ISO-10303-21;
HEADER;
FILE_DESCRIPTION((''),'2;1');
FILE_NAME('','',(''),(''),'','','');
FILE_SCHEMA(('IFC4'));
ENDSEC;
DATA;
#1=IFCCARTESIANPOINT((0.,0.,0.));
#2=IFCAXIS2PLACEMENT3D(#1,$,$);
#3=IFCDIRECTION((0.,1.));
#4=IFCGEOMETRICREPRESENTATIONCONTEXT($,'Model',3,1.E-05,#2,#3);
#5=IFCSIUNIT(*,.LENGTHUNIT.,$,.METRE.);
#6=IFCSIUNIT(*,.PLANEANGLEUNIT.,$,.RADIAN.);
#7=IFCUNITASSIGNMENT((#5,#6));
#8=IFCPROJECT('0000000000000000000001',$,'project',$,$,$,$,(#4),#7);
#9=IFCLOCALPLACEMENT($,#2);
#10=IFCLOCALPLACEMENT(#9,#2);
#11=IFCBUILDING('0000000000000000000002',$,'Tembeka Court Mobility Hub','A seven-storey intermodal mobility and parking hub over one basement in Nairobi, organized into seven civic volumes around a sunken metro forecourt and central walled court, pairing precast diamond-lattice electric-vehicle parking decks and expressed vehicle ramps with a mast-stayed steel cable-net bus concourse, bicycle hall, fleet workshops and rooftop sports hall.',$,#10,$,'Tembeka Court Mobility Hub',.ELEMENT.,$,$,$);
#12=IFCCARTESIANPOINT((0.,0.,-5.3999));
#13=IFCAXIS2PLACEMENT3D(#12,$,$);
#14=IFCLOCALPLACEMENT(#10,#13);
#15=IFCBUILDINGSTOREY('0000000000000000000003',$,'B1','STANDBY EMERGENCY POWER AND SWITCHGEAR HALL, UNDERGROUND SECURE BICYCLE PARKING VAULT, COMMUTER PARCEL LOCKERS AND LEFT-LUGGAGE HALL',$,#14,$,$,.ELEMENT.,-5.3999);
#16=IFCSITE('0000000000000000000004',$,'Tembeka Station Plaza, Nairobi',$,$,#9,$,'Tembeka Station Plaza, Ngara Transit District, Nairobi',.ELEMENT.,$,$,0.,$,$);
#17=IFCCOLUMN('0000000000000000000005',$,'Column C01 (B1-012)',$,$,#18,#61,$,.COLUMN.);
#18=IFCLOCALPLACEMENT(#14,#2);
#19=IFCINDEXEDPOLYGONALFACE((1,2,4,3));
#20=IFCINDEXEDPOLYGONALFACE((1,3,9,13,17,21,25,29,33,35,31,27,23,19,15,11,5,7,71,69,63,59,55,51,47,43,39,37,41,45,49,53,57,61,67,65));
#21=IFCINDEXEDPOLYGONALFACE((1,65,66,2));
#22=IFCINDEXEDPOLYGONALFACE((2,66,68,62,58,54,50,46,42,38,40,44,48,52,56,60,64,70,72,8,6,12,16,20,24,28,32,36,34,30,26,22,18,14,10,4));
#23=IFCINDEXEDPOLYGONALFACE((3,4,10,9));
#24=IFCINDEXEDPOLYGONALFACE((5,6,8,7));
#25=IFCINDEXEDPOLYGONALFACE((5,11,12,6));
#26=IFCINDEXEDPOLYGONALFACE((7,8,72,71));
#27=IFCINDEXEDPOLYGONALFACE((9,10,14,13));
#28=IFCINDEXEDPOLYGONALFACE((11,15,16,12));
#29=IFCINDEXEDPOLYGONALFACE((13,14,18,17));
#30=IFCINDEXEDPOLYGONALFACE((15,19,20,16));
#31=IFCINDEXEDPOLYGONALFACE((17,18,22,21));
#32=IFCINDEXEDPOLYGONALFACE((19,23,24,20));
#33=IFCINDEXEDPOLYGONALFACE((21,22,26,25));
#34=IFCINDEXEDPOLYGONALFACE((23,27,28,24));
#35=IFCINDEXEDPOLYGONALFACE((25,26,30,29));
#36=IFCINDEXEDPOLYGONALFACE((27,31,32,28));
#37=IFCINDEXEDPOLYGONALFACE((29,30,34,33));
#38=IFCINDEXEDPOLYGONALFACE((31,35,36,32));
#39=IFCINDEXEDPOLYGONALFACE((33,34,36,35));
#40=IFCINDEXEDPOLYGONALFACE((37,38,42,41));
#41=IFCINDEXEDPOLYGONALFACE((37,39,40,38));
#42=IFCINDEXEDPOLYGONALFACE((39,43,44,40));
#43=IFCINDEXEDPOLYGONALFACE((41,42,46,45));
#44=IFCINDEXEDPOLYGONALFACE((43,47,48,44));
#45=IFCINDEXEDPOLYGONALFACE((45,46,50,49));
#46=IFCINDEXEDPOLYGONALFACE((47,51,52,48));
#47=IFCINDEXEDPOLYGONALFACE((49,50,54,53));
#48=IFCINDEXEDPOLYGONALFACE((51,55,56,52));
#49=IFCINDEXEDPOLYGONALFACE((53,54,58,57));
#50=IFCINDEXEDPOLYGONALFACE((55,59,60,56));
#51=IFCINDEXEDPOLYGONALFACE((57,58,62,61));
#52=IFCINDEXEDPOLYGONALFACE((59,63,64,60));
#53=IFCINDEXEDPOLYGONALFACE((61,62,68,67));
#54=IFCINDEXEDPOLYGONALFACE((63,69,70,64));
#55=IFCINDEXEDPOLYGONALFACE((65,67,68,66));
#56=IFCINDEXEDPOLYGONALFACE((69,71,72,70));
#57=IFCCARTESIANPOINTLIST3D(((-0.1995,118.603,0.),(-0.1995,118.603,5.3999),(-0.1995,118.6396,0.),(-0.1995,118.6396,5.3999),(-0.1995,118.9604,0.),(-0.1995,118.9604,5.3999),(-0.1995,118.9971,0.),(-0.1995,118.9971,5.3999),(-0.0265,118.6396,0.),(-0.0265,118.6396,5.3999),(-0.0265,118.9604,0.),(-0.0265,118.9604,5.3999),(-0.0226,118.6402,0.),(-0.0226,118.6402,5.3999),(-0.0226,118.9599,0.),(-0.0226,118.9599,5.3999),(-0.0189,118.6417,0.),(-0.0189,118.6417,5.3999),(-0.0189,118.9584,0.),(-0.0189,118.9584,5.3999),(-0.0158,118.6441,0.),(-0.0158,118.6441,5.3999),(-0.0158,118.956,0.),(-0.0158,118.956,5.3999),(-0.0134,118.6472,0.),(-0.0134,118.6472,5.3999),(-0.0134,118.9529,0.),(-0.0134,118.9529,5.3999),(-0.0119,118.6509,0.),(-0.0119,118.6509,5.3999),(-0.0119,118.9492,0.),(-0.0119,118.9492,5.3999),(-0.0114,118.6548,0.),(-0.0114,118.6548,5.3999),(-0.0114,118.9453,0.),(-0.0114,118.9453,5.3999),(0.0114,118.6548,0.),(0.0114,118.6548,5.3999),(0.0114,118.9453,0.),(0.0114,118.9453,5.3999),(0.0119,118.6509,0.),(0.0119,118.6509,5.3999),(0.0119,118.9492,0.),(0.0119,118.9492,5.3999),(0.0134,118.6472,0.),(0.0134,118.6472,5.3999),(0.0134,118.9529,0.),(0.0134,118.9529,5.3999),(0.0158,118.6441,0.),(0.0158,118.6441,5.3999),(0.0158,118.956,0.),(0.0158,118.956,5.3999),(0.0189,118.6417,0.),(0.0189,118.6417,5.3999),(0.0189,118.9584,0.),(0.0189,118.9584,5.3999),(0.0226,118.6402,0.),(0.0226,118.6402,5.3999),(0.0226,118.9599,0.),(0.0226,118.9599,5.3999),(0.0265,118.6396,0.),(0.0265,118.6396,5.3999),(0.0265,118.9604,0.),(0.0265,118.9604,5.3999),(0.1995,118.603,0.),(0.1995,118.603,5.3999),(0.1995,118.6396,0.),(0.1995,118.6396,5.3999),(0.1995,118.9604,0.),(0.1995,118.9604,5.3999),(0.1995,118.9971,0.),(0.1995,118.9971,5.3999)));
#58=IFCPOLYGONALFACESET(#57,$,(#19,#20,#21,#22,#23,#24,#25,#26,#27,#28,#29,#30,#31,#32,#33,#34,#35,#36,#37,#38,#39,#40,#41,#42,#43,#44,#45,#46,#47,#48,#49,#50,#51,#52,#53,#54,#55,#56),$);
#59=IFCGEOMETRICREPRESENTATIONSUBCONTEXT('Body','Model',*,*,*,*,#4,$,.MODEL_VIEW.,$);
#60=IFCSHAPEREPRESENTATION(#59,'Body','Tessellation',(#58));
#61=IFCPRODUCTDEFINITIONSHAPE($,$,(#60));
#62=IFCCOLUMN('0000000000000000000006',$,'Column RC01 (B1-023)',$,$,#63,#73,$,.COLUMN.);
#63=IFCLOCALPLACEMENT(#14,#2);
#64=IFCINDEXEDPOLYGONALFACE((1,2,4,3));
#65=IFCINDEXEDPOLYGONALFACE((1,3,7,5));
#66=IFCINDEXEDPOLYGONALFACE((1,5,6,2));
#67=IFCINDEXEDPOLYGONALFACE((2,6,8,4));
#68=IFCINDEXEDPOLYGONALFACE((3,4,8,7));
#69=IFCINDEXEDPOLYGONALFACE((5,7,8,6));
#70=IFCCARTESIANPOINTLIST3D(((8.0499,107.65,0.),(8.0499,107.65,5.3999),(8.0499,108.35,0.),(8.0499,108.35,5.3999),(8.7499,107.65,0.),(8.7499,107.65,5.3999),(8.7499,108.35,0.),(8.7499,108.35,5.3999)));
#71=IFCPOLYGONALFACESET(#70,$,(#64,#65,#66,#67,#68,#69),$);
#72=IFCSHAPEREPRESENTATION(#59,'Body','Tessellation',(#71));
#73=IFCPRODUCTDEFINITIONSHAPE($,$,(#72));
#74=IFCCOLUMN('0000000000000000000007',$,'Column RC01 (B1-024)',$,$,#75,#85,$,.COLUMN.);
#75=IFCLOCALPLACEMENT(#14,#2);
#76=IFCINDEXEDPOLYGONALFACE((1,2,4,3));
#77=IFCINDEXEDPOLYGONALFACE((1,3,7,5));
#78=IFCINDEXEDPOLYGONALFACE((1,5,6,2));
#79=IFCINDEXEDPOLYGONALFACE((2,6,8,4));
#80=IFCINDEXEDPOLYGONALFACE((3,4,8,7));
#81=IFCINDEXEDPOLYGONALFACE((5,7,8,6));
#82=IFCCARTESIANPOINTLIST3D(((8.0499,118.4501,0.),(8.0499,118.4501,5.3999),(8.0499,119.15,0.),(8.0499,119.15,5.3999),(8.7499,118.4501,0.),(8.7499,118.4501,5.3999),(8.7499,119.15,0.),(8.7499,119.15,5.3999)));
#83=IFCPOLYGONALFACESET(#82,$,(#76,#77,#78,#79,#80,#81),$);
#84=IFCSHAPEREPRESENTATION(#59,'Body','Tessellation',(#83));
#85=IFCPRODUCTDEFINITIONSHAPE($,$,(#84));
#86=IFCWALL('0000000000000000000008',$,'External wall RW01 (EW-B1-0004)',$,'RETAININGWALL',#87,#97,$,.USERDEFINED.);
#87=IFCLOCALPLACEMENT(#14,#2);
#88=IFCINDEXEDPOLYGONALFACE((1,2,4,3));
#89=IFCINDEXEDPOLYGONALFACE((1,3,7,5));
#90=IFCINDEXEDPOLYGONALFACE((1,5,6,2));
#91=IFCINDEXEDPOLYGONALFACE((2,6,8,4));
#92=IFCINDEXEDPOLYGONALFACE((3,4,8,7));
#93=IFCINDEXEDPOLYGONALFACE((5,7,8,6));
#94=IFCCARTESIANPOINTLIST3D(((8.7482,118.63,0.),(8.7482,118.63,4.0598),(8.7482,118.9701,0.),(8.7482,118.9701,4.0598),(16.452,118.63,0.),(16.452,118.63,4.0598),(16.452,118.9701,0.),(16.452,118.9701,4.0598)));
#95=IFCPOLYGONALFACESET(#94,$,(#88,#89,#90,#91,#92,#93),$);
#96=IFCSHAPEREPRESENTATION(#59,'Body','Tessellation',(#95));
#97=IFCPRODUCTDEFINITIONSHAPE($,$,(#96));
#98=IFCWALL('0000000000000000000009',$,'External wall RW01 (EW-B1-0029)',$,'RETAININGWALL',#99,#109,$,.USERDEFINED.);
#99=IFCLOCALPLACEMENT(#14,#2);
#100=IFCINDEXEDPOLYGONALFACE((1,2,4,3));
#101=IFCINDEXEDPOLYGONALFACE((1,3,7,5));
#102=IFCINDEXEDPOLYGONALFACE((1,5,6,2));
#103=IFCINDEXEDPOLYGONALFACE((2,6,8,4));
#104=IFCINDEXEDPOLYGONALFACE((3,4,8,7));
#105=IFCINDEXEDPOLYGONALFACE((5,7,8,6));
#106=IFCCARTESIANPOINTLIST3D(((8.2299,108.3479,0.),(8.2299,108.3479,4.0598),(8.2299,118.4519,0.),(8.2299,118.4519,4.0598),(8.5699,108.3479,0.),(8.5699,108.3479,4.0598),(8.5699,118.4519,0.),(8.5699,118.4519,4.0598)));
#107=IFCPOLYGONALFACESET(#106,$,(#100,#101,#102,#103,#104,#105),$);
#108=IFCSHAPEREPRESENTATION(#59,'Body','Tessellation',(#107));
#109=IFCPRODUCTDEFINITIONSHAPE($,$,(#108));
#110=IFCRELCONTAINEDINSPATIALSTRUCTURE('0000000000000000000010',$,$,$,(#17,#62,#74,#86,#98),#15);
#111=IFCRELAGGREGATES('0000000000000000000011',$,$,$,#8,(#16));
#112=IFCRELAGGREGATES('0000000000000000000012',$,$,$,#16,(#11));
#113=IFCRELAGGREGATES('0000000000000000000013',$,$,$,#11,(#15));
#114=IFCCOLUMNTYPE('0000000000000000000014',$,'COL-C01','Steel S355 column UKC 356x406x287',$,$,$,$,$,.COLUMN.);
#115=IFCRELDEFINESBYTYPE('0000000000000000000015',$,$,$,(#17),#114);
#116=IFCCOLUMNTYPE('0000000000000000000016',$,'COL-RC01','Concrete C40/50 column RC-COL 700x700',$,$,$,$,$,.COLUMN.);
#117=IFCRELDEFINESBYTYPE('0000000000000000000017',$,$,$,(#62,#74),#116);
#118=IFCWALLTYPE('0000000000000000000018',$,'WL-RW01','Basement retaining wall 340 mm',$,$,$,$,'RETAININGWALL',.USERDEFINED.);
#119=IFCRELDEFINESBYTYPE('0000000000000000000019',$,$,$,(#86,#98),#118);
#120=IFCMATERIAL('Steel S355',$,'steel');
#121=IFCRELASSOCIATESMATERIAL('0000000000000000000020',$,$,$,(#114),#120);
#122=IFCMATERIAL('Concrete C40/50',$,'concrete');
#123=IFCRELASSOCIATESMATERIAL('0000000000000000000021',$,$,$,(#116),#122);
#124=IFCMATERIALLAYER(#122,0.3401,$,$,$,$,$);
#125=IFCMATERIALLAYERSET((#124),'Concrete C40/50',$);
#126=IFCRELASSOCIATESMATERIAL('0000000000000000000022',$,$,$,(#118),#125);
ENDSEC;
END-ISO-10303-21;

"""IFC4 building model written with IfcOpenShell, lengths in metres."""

from ifc_helpers import new_model, si_unit, direction, frame, frame_2d, origin, origin_2d, place, context, subcontext, project, spatial, rectangle, i_section, extrude, material, layer, layer_set, material_profile, profile_set, type_object, element, save


model = new_model("IFC4")

# Units and contexts
model_context = context("Model", 3, precision=1e-05, world=origin(), true_north=direction((0.0, 1.0)))
body_context = subcontext(model_context, "Body", "Model", "MODEL_VIEW")
ifc_project = project(units=[si_unit("LENGTHUNIT", "METRE"), si_unit("PLANEANGLEUNIT", "RADIAN")], contexts=[model_context])

# Site, building, storey
site_placement = place(None, origin())
site = spatial("IfcSite", under=ifc_project, at=site_placement, Name="Tembeka Station Plaza, Nairobi", LongName="Tembeka Station Plaza, Ngara Transit District, Nairobi", CompositionType="ELEMENT", RefElevation=0.0)
building_placement = place(site_placement, origin())
building = spatial("IfcBuilding", under=site, at=building_placement, Name="Tembeka Court Mobility Hub", Description="A seven-storey intermodal mobility and parking hub over one basement in Nairobi, organized into seven civic volumes around a sunken metro forecourt and central walled court, pairing precast diamond-lattice electric-vehicle parking decks and expressed vehicle ramps with a mast-stayed steel cable-net bus concourse, bicycle hall, fleet workshops and rooftop sports hall.", LongName="Tembeka Court Mobility Hub", CompositionType="ELEMENT")
storey_placement = place(building_placement, frame((0.0, 0.0, -5.3999)))
storey = spatial("IfcBuildingStorey", under=building, at=storey_placement, Name="B1", Description="STANDBY EMERGENCY POWER AND SWITCHGEAR HALL, UNDERGROUND SECURE BICYCLE PARKING VAULT, COMMUTER PARCEL LOCKERS AND LEFT-LUGGAGE HALL", CompositionType="ELEMENT", Elevation=-5.3999)

# Shared definitions
ifc_material_1 = material(Name="Concrete C40/50", Category="concrete")

# Columns
ifc_material_2 = material(Name="Steel S355", Category="steel")
ifc_material_profile_1 = material_profile(ifc_material_2, i_section(OverallWidth=0.3989, OverallDepth=0.394, WebThickness=0.0227, FlangeThickness=0.0366, FilletRadius=0.0151, at=origin_2d()), Name="UKC 356x406x287")
ifc_profile_set_1 = profile_set([ifc_material_profile_1], Name="Steel S355")
column_type_1 = type_object("IfcColumnType", Name="COL-C01", Description="Steel S355 column UKC 356x406x287", PredefinedType="COLUMN", material=ifc_profile_set_1)
for number, where, z_axis, x_axis, name in (
    (1, (0.0, 118.8, 0.0), (0.0, 0.0, 1.0), (1.0, 0.0, 0.0), "Column C01 (B1-012)"),
):
    element("IfcColumn", number, at=place(storey_placement, frame(where, z_axis=z_axis, x_axis=x_axis)), inside=storey, type_object=column_type_1, Name=name, PredefinedType="COLUMN", context=body_context, shape_type="SweptSolid", body=[
        extrude(i_section(OverallWidth=0.3989, OverallDepth=0.394, WebThickness=0.0227, FlangeThickness=0.0366, FilletRadius=0.0151, at=origin_2d()), origin(), (0.0, 0.0, 1.0), 5.3999),
    ])
ifc_material_profile_2 = material_profile(ifc_material_1, rectangle(XDim=0.7, YDim=0.7, at=origin_2d()), Name="RC-COL 700x700")
ifc_profile_set_2 = profile_set([ifc_material_profile_2], Name="Concrete C40/50")
column_type_2 = type_object("IfcColumnType", Name="COL-RC01", Description="Concrete C40/50 column RC-COL 700x700", PredefinedType="COLUMN", material=ifc_profile_set_2)
for number, where, z_axis, x_axis, name in (
    (2, (8.3999, 108.0, 0.0), (0.0, 0.0, 1.0), (1.0, 0.0, 0.0), "Column RC01 (B1-023)"),
    (3, (8.3999, 118.8, 0.0), (0.0, 0.0, 1.0), (1.0, 0.0, 0.0), "Column RC01 (B1-024)"),
):
    element("IfcColumn", number, at=place(storey_placement, frame(where, z_axis=z_axis, x_axis=x_axis)), inside=storey, type_object=column_type_2, Name=name, PredefinedType="COLUMN", context=body_context, shape_type="SweptSolid", body=[
        extrude(rectangle(XDim=0.7, YDim=0.7, at=origin_2d()), origin(), (0.0, 0.0, 1.0), 5.3999),
    ])

# Walls
ifc_layer = layer(ifc_material_1, 0.3401)
ifc_layer_set = layer_set([ifc_layer], Name="Concrete C40/50")
wall_type = type_object("IfcWallType", Name="WL-RW01", Description="Basement retaining wall 340 mm", ElementType="RETAININGWALL", PredefinedType="USERDEFINED", material=ifc_layer_set)
wall_1_placement = place(storey_placement, frame((8.748, 118.8, 0.0), z_axis=(0.0, 0.0, 1.0), x_axis=(1.0, 0.0, 0.0)))
element("IfcWall", 4, at=wall_1_placement, inside=storey, type_object=wall_type, Name="External wall RW01 (EW-B1-0004)", ObjectType="RETAININGWALL", PredefinedType="USERDEFINED", context=body_context, shape_type="SweptSolid", body=[
    extrude(rectangle(XDim=7.7039, YDim=0.3401, at=frame_2d((3.8521, 0.0))), origin(), (0.0, 0.0, 1.0), 4.0598),
])
wall_2_placement = place(storey_placement, frame((8.3999, 108.3479, 0.0), z_axis=(0.0, 0.0, 1.0), x_axis=(0.0, 1.0, 0.0)))
element("IfcWall", 5, at=wall_2_placement, inside=storey, type_object=wall_type, Name="External wall RW01 (EW-B1-0029)", ObjectType="RETAININGWALL", PredefinedType="USERDEFINED", context=body_context, shape_type="SweptSolid", body=[
    extrude(rectangle(XDim=10.104, YDim=0.3401, at=frame_2d((5.052, 0.0))), origin(), (0.0, 0.0, 1.0), 4.0598),
])

save(model, "model.ifc")
